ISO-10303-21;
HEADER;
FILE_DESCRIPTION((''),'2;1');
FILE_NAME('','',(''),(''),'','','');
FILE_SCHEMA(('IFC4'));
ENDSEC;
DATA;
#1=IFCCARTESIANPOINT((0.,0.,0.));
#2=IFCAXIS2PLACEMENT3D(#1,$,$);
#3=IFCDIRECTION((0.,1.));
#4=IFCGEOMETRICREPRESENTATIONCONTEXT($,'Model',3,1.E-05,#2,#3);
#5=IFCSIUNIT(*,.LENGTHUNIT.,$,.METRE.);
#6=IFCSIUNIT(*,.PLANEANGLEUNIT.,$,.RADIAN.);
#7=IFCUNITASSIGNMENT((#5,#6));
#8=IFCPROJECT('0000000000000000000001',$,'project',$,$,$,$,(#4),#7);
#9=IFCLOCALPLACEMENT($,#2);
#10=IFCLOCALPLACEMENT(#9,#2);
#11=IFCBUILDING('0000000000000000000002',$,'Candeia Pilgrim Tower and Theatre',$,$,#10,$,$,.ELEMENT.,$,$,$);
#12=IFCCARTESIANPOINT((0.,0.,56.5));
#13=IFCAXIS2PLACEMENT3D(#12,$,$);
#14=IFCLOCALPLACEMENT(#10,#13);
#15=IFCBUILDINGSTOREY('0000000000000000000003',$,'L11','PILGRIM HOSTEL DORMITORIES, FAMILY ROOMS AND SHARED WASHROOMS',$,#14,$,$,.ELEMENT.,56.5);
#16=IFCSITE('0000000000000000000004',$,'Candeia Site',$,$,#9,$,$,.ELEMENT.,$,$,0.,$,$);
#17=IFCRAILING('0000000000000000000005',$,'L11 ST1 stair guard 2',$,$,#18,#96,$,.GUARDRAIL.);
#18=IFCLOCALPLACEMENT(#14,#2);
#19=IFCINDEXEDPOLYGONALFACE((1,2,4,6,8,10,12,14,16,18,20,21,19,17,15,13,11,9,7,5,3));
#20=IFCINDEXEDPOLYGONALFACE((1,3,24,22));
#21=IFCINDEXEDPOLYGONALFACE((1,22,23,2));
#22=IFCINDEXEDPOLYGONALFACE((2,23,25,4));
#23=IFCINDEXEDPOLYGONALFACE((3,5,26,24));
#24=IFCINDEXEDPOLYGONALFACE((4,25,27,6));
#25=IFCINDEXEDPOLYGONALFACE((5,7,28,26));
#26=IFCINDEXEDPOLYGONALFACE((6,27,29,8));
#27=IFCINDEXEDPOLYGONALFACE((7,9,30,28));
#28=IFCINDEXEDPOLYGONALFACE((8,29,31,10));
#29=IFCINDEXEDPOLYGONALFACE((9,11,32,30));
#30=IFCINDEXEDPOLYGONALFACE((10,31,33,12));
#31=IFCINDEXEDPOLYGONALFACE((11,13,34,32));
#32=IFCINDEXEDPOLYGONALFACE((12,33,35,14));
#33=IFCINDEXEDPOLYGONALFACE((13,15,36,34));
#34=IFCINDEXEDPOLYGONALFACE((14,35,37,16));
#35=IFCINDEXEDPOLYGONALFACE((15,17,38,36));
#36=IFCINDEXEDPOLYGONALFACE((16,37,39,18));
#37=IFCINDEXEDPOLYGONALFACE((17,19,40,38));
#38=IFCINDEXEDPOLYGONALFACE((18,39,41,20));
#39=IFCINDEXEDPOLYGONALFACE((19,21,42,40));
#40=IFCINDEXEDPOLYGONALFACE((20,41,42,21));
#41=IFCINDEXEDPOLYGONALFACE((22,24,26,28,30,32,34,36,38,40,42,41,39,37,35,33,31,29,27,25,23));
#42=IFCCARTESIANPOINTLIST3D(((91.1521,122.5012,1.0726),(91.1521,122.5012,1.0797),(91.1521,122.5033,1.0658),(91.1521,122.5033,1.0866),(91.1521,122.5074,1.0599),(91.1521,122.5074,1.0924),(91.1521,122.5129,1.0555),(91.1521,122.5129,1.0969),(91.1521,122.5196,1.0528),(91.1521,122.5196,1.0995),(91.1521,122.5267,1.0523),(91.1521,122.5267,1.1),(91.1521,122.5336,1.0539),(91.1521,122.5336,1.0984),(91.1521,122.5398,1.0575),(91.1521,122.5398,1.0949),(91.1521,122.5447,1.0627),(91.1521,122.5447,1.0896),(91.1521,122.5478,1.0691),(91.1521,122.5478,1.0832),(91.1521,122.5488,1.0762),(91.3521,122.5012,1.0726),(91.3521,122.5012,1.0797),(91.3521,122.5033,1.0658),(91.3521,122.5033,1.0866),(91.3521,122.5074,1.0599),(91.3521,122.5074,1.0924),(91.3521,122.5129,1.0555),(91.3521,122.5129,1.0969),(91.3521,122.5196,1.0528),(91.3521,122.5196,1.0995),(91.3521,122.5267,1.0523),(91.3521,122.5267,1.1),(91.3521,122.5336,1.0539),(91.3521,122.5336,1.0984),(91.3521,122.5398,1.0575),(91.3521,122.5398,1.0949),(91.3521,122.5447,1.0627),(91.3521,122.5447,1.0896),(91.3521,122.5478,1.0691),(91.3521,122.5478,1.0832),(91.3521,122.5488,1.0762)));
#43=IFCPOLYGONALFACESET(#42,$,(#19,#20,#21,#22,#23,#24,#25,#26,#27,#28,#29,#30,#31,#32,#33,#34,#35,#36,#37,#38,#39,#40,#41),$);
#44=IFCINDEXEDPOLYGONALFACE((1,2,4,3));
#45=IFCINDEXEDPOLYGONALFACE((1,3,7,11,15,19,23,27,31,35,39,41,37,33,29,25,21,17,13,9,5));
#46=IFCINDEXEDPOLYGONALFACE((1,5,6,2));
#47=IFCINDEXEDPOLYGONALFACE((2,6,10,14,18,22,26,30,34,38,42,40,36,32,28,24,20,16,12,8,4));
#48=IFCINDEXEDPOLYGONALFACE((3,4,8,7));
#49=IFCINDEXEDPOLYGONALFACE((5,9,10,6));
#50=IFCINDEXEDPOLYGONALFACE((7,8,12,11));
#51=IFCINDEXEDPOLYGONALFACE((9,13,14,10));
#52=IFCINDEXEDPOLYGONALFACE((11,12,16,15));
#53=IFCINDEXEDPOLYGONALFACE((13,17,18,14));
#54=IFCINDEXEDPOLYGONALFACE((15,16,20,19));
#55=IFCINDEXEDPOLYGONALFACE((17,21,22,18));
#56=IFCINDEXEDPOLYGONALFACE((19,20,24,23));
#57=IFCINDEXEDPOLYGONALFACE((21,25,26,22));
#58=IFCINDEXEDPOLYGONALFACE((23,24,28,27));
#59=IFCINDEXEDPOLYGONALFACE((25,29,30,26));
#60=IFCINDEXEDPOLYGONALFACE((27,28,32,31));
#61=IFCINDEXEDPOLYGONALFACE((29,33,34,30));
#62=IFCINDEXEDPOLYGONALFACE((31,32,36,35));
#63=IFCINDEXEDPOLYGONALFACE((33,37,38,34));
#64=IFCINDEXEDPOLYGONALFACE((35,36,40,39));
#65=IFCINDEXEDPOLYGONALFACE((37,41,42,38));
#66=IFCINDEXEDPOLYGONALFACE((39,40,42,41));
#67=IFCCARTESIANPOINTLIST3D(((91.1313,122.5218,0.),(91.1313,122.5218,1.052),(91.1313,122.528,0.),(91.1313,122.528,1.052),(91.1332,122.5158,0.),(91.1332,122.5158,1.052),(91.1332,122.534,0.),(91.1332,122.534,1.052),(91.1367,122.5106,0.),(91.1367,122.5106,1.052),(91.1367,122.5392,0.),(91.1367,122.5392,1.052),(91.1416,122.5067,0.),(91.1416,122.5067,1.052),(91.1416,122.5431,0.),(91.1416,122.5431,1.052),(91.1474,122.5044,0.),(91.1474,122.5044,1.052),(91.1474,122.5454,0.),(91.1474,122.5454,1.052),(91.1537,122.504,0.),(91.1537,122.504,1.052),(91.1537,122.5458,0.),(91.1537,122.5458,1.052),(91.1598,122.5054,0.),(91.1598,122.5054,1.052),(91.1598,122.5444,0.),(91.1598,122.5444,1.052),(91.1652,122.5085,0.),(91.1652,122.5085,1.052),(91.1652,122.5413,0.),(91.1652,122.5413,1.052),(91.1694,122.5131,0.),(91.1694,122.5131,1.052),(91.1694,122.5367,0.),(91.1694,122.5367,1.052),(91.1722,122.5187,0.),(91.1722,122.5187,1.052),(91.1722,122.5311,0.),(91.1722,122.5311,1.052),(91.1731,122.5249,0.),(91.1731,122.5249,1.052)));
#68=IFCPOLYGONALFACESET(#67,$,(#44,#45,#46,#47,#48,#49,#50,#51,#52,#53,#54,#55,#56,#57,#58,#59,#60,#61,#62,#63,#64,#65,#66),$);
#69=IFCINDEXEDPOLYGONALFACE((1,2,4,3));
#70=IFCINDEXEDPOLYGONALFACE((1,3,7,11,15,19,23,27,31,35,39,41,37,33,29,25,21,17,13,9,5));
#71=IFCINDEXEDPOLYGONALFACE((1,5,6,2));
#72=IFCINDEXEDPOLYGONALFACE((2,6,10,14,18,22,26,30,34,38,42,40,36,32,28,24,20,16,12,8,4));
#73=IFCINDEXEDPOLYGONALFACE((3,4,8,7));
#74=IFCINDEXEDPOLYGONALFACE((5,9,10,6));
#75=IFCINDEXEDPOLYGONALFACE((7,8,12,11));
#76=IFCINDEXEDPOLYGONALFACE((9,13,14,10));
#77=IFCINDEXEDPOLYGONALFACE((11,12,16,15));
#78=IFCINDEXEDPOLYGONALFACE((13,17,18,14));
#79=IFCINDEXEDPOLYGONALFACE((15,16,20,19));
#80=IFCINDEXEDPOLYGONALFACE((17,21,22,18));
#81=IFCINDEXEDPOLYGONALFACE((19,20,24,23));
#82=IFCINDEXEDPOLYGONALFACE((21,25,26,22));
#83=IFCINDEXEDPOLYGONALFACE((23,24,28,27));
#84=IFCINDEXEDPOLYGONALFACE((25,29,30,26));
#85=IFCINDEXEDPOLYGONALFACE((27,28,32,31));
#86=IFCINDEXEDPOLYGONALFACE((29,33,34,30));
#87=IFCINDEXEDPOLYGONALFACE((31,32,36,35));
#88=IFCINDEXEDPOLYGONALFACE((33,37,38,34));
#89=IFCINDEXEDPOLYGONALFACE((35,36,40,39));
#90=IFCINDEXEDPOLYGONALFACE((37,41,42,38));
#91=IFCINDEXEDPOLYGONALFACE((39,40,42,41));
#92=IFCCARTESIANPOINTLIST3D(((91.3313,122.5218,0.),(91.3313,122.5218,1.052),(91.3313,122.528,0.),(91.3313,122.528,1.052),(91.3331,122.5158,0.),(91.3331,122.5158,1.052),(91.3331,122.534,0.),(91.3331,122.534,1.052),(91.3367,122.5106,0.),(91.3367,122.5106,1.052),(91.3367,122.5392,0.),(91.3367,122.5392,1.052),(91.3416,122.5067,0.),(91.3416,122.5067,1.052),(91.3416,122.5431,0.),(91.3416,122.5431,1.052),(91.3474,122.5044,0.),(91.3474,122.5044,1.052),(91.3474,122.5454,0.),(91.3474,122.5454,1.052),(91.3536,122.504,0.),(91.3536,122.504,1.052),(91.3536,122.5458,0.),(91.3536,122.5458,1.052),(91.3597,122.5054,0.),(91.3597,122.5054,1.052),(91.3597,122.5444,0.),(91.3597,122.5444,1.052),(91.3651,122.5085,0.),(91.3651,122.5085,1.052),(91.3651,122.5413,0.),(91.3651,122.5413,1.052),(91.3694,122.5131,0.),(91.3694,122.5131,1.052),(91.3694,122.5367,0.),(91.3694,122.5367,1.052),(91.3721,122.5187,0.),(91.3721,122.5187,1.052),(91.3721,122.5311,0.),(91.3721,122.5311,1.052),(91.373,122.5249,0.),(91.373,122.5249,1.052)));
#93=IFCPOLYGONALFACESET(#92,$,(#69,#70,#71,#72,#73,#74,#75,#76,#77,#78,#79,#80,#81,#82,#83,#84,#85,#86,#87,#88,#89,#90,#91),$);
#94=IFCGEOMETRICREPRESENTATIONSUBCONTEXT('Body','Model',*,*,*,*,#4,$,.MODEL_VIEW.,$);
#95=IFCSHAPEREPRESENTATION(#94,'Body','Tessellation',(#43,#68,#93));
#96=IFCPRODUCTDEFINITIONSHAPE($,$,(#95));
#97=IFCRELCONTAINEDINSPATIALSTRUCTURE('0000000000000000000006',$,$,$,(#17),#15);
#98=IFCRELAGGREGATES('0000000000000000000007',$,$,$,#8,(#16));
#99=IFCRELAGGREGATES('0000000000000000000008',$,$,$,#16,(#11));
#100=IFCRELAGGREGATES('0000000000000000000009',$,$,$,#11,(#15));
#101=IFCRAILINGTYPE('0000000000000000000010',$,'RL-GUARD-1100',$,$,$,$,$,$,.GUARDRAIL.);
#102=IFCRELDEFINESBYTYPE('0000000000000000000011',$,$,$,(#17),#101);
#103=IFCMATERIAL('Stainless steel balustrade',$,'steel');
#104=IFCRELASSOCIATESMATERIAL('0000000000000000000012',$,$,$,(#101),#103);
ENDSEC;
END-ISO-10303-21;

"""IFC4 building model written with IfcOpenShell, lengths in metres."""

from ifc_helpers import new_model, si_unit, direction, frame, origin, origin_2d, place, context, subcontext, project, spatial, circle, extrude, material, type_object, element, save


model = new_model("IFC4")

# Units and contexts
model_context = context("Model", 3, precision=1e-05, world=origin(), true_north=direction((0.0, 1.0)))
body_context = subcontext(model_context, "Body", "Model", "MODEL_VIEW")
ifc_project = project(units=[si_unit("LENGTHUNIT", "METRE"), si_unit("PLANEANGLEUNIT", "RADIAN")], contexts=[model_context])

# Site, building, storey
site_placement = place(None, origin())
site = spatial("IfcSite", under=ifc_project, at=site_placement, Name="Candeia Site", CompositionType="ELEMENT", RefElevation=0.0)
building_placement = place(site_placement, origin())
building = spatial("IfcBuilding", under=site, at=building_placement, Name="Candeia Pilgrim Tower and Theatre", CompositionType="ELEMENT")
storey_placement = place(building_placement, frame((0.0, 0.0, 56.5)))
storey = spatial("IfcBuildingStorey", under=building, at=storey_placement, Name="L11", Description="PILGRIM HOSTEL DORMITORIES, FAMILY ROOMS AND SHARED WASHROOMS", CompositionType="ELEMENT", Elevation=56.5)

# Railing
ifc_material_1 = material(Name="Stainless steel balustrade", Category="steel")
railing_type_1 = type_object("IfcRailingType", Name="RL-GUARD-1100", PredefinedType="GUARDRAIL", material=ifc_material_1)
railing_1_placement = place(storey_placement, frame((91.1521, 122.5249, 0.0)))
element("IfcRailing", 1, at=railing_1_placement, inside=storey, type_object=railing_type_1, Name="L11 ST1 stair guard 2", PredefinedType="GUARDRAIL", context=body_context, shape_type="SweptSolid", body=[
    extrude(circle(Radius=0.0239, at=origin_2d()), frame((0.0, 0.0, 1.0762), z_axis=(1.0, 0.0, 0.0), x_axis=(0.0, 1.0, 0.0)), (0.0, 0.0, 1.0), 0.2),
    extrude(circle(Radius=0.021, at=origin_2d()), origin(), (0.0, 0.0, 1.0), 1.052),
    extrude(circle(Radius=0.021, at=origin_2d()), frame((0.2, 0.0, 0.0)), (0.0, 0.0, 1.0), 1.052),
])

save(model, "model.ifc")
